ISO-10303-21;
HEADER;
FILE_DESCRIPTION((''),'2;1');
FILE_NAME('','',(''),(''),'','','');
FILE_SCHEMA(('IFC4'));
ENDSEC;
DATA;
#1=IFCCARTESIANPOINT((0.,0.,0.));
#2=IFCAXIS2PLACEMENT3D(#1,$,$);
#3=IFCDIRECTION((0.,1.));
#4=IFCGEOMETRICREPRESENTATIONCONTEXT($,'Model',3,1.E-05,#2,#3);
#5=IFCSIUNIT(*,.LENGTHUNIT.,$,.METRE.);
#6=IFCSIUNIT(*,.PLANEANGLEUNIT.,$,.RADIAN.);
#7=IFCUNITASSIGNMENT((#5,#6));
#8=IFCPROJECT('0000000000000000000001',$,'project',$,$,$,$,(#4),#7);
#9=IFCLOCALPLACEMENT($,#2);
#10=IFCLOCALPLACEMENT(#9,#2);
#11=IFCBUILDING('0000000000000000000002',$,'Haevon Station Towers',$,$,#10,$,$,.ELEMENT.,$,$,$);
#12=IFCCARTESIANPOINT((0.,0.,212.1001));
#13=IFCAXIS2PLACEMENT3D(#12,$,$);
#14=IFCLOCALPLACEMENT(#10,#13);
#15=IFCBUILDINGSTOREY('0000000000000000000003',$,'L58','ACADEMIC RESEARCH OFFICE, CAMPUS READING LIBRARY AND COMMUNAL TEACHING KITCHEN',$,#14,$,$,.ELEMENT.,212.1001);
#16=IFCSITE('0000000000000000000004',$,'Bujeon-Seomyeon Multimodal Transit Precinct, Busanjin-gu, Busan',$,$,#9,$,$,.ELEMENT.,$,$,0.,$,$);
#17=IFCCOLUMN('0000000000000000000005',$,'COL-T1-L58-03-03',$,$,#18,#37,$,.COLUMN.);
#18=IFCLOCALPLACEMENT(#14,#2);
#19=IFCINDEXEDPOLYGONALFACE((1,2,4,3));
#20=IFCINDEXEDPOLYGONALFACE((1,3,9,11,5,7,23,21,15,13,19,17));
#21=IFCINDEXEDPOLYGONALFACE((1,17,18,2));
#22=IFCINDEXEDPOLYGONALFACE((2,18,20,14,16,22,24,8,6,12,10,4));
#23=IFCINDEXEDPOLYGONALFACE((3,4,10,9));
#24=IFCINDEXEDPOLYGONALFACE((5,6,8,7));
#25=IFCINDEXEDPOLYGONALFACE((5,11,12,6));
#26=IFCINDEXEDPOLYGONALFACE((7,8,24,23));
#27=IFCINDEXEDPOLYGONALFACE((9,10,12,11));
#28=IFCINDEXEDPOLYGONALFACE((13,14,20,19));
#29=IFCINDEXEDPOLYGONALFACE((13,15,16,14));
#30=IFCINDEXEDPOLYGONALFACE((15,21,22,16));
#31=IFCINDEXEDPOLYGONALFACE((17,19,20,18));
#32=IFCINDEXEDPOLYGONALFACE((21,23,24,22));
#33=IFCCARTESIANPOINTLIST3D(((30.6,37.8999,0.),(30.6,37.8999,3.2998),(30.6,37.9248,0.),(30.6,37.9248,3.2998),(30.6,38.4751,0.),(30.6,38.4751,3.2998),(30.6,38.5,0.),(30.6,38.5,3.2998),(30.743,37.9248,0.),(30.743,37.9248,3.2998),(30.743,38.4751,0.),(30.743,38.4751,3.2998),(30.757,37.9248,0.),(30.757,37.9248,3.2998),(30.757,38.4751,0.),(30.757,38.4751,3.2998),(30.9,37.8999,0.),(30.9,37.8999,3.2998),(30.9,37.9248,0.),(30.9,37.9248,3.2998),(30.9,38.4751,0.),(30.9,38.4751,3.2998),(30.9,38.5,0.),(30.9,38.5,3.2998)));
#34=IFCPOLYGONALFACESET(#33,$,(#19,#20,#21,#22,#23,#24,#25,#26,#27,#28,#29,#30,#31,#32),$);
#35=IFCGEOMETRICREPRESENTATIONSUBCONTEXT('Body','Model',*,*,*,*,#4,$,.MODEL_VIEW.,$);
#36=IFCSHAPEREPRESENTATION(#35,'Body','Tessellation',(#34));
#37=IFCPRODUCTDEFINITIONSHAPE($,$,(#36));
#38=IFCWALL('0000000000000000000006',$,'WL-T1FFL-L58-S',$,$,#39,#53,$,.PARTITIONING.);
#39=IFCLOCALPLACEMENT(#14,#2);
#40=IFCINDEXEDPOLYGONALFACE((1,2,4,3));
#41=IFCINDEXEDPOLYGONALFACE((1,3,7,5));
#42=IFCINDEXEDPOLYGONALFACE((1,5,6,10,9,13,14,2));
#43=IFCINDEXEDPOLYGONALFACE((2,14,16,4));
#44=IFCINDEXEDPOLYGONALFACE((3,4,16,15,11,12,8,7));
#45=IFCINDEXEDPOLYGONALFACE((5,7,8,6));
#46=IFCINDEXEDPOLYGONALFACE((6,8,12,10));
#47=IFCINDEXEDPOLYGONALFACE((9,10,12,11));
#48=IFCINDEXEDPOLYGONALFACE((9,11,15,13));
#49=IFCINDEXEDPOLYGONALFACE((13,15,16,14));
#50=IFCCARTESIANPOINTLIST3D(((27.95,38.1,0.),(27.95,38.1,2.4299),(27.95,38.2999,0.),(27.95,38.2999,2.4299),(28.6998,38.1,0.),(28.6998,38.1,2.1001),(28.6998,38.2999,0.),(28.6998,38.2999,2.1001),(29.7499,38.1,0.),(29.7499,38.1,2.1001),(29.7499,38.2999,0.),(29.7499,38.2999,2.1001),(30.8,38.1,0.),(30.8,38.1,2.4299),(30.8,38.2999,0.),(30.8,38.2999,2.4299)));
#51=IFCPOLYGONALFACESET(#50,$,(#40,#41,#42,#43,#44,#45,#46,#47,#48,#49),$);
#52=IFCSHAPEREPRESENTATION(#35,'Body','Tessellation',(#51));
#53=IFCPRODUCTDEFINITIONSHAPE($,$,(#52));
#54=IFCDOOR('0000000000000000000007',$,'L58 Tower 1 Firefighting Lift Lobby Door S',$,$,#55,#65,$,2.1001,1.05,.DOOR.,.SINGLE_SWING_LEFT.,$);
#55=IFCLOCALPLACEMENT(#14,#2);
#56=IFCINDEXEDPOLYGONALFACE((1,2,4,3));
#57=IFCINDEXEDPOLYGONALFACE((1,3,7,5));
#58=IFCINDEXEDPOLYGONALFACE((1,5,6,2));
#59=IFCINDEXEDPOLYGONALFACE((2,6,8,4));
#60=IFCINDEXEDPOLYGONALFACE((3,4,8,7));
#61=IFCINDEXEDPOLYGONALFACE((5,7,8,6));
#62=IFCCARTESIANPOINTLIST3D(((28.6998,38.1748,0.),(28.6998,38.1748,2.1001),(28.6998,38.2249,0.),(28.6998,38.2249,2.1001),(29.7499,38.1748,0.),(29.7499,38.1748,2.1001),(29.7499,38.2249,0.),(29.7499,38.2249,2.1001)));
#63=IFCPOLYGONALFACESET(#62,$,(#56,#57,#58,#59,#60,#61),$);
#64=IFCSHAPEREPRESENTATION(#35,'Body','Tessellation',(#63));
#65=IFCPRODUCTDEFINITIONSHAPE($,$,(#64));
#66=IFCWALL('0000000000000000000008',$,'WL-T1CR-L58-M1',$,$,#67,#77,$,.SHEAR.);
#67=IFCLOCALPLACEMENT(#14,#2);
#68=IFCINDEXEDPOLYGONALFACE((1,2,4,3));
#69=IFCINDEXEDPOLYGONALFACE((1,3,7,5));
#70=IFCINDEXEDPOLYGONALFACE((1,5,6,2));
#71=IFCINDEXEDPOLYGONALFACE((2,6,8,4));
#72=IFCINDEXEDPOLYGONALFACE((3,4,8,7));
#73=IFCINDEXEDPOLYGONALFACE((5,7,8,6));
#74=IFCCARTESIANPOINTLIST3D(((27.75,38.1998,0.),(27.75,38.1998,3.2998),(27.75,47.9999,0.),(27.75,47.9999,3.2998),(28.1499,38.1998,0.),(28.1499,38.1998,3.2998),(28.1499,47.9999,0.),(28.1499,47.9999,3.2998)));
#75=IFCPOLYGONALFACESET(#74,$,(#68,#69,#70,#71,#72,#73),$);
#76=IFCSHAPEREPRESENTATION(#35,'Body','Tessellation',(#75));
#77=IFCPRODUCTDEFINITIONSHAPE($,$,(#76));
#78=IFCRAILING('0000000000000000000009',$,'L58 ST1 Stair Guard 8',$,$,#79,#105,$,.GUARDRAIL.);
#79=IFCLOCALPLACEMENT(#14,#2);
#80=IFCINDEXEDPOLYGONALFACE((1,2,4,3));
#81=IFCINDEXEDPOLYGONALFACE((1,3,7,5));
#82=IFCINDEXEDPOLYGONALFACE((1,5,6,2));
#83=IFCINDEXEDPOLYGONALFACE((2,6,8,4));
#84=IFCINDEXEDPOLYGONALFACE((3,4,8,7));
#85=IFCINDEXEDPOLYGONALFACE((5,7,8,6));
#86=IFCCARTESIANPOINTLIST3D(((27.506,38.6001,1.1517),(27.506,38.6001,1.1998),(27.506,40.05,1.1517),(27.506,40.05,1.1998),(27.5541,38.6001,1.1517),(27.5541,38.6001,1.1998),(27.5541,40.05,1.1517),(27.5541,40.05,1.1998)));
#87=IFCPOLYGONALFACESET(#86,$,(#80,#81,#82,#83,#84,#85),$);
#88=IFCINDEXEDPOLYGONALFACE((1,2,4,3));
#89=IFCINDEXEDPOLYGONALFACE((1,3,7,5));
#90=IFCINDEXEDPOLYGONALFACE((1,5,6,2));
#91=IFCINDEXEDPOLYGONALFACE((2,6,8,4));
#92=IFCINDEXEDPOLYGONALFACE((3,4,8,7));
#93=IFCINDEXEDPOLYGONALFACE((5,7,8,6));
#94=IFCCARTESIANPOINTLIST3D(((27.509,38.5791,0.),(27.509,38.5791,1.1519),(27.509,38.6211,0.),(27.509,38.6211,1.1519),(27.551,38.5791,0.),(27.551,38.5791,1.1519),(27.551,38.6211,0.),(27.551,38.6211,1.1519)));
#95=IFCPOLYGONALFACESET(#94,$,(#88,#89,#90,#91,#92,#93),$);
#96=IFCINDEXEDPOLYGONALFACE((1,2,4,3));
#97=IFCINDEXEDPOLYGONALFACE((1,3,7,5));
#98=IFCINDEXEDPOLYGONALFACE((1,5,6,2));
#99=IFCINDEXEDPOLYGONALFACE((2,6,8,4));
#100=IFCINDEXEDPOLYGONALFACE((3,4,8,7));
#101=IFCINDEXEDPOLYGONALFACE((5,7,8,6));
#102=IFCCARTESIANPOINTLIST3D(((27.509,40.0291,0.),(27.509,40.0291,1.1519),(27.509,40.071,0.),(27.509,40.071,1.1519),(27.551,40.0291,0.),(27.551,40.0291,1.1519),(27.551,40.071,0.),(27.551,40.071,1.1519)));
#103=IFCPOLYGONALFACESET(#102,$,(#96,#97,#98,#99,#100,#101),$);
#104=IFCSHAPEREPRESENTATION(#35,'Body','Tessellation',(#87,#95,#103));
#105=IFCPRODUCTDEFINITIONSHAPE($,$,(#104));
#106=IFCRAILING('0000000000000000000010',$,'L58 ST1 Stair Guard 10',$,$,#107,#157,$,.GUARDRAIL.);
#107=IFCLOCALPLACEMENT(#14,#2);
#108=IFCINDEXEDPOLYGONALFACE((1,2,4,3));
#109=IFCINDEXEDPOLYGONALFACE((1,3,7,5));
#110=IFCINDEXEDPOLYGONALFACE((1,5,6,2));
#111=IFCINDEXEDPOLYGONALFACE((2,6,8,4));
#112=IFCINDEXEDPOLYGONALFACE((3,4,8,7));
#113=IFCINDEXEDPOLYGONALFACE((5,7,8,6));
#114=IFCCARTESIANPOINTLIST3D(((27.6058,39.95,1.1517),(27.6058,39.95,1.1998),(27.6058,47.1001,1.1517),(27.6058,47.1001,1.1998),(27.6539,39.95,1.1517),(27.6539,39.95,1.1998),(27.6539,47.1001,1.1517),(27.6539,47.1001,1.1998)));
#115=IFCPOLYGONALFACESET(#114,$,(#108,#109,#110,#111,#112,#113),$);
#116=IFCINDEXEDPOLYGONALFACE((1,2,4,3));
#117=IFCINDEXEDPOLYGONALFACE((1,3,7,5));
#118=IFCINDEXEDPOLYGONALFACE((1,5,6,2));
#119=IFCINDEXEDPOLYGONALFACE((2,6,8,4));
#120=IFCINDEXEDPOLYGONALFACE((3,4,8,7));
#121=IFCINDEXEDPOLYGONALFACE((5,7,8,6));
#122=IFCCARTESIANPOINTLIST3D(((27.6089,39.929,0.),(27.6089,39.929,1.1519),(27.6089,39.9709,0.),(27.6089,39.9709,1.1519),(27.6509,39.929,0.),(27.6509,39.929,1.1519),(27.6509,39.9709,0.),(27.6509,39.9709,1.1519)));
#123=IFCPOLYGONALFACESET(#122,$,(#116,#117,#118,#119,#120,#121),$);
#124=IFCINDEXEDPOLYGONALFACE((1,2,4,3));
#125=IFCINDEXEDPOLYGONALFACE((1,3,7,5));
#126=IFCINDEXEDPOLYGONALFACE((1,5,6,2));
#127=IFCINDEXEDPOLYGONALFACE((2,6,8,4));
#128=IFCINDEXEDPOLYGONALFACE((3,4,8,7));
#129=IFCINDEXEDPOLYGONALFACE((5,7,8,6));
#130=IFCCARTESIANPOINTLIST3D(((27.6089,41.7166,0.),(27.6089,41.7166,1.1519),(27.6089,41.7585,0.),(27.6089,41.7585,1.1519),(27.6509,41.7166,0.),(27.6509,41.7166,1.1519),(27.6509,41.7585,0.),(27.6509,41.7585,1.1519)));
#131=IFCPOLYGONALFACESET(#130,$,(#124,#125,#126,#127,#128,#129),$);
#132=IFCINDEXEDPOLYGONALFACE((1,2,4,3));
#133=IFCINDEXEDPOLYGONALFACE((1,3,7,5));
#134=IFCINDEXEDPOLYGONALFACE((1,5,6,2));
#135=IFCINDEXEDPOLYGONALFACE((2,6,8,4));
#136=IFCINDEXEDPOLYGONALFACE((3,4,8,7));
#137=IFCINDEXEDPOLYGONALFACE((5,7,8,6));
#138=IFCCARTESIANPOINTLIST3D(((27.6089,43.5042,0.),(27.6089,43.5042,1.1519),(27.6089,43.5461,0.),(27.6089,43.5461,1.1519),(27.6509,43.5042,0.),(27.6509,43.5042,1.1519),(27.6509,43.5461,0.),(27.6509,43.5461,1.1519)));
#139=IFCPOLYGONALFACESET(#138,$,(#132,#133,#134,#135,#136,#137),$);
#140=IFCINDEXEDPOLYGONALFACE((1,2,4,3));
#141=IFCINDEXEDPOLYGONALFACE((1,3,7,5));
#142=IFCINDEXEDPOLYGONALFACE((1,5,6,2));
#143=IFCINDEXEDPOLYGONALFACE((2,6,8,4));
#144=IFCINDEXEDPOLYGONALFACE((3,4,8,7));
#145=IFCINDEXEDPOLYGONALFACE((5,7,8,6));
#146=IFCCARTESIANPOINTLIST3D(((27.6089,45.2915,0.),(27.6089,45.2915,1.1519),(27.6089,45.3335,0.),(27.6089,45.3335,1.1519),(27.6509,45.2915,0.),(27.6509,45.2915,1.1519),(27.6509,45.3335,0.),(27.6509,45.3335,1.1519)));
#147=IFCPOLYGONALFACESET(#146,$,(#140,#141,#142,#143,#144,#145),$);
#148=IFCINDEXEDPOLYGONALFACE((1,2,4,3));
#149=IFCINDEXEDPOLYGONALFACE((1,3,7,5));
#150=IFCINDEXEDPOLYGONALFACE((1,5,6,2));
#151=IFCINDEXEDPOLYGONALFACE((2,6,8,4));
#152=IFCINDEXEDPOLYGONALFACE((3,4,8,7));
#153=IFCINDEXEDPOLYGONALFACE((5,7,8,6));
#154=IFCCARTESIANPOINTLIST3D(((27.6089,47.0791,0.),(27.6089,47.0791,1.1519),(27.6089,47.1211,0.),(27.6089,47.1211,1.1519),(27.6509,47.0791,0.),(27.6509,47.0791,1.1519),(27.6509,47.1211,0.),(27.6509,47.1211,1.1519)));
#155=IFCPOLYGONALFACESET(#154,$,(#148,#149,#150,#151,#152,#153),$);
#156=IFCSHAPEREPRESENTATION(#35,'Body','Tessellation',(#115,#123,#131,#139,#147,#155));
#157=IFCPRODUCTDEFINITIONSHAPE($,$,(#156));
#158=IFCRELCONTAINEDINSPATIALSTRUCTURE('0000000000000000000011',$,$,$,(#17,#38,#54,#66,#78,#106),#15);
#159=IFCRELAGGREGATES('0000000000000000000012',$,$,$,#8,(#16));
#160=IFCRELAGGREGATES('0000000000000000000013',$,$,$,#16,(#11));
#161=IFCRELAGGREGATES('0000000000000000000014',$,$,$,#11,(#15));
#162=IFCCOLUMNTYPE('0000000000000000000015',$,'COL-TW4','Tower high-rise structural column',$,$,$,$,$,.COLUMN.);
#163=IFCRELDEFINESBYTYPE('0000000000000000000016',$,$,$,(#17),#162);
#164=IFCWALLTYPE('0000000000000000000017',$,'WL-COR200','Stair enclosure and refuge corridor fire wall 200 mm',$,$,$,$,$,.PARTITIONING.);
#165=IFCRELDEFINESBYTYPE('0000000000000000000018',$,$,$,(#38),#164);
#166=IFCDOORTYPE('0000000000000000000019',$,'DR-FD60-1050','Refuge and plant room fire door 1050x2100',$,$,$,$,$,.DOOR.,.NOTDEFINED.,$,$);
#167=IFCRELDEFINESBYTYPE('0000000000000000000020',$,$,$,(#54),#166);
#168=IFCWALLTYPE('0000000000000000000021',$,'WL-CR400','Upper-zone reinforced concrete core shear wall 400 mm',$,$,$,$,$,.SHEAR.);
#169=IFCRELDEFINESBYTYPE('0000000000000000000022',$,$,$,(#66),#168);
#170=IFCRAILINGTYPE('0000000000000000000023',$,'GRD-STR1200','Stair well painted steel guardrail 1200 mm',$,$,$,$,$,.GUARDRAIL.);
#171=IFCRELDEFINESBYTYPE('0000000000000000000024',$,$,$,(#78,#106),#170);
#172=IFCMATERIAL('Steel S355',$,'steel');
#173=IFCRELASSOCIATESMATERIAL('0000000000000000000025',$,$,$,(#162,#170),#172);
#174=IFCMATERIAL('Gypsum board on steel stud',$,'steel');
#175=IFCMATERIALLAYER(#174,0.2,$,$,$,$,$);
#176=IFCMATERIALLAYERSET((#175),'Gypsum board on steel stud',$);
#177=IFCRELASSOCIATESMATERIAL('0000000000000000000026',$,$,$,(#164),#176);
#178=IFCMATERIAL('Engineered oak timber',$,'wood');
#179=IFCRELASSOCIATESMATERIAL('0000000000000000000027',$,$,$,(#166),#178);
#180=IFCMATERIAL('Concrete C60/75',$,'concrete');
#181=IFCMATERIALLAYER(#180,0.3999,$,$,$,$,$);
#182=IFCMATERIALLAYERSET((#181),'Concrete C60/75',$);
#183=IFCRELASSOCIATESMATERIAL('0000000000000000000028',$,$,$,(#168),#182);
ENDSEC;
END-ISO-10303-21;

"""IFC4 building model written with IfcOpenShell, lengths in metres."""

from ifc_helpers import new_model, si_unit, direction, frame, frame_2d, origin, origin_2d, place, context, subcontext, project, spatial, rectangle, i_section, extrude, material, layer, layer_set, material_profile, profile_set, type_object, element, fill, save


model = new_model("IFC4")

# Units and contexts
model_context = context("Model", 3, precision=1e-05, world=origin(), true_north=direction((0.0, 1.0)))
body_context = subcontext(model_context, "Body", "Model", "MODEL_VIEW")
ifc_project = project(units=[si_unit("LENGTHUNIT", "METRE"), si_unit("PLANEANGLEUNIT", "RADIAN")], contexts=[model_context])

# Site, building, storey
site_placement = place(None, origin())
site = spatial("IfcSite", under=ifc_project, at=site_placement, Name="Bujeon-Seomyeon Multimodal Transit Precinct, Busanjin-gu, Busan", CompositionType="ELEMENT", RefElevation=0.0)
building_placement = place(site_placement, origin())
building = spatial("IfcBuilding", under=site, at=building_placement, Name="Haevon Station Towers", CompositionType="ELEMENT")
storey_placement = place(building_placement, frame((0.0, 0.0, 212.1001)))
storey = spatial("IfcBuildingStorey", under=building, at=storey_placement, Name="L58", Description="ACADEMIC RESEARCH OFFICE, CAMPUS READING LIBRARY AND COMMUNAL TEACHING KITCHEN", CompositionType="ELEMENT", Elevation=212.1001)

# Column
ifc_material_1 = material(Name="Steel S355", Category="steel")
ifc_material_profile = material_profile(ifc_material_1, i_section(OverallWidth=0.3, OverallDepth=0.6001, WebThickness=0.0139, FlangeThickness=0.0249, at=origin_2d()), Name="H-600x300x14x25")
ifc_profile_set = profile_set([ifc_material_profile], Name="Steel S355")
column_type = type_object("IfcColumnType", Name="COL-TW4", Description="Tower high-rise structural column", PredefinedType="COLUMN", material=ifc_profile_set)
column_placement = place(storey_placement, frame((30.75, 38.2, 0.0), z_axis=(0.0, 0.0, 1.0), x_axis=(1.0, 0.0, 0.0)))
element("IfcColumn", 1, at=column_placement, inside=storey, type_object=column_type, Name="COL-T1-L58-03-03", PredefinedType="COLUMN", context=body_context, shape_type="SweptSolid", body=[
    extrude(i_section(OverallWidth=0.3, OverallDepth=0.6001, WebThickness=0.0139, FlangeThickness=0.0249, at=origin_2d()), origin(), (0.0, 0.0, 1.0), 3.2998),
])

# Wall, opening, door
ifc_material_2 = material(Name="Gypsum board on steel stud", Category="steel")
ifc_layer_1 = layer(ifc_material_2, 0.2)
ifc_layer_set_1 = layer_set([ifc_layer_1], Name="Gypsum board on steel stud")
wall_type_1 = type_object("IfcWallType", Name="WL-COR200", Description="Stair enclosure and refuge corridor fire wall 200 mm", PredefinedType="PARTITIONING", material=ifc_layer_set_1)
wall_1_placement = place(storey_placement, frame((27.95, 38.2, 0.0), z_axis=(0.0, 0.0, 1.0), x_axis=(1.0, 0.0, 0.0)))
wall_1 = element("IfcWall", 2, at=wall_1_placement, inside=storey, type_object=wall_type_1, Name="WL-T1FFL-L58-S", PredefinedType="PARTITIONING", context=body_context, shape_type="SweptSolid", body=[
    extrude(rectangle(XDim=2.8501, YDim=0.2, at=frame_2d((1.425, 0.0))), origin(), (0.0, 0.0, 1.0), 2.4299),
])
opening_1_placement = place(wall_1_placement, frame((0.75, 0.0, 0.0)))
opening_1 = element("IfcOpeningElement", 3, at=opening_1_placement, cuts=wall_1, PredefinedType="OPENING", context=body_context, shape_type="SweptSolid", body=[
    extrude(rectangle(XDim=1.05, YDim=2.1001, at=frame_2d((0.5249, 1.05))), frame((0.0, 0.1099, 0.0), z_axis=(0.0, -1.0, 0.0), x_axis=(1.0, 0.0, 0.0)), (0.0, 0.0, 1.0), 0.22),
])
ifc_material_3 = material(Name="Engineered oak timber", Category="wood")
door_type_1 = type_object("IfcDoorType", Name="DR-FD60-1050", Description="Refuge and plant room fire door 1050x2100", OperationType="NOTDEFINED", PredefinedType="DOOR", material=ifc_material_3)
door_1_placement = place(opening_1_placement, origin())
door_1 = element("IfcDoor", 4, at=door_1_placement, inside=storey, type_object=door_type_1, Name="L58 Tower 1 Firefighting Lift Lobby Door S", OperationType="SINGLE_SWING_LEFT", OverallHeight=2.1001, OverallWidth=1.05, PredefinedType="DOOR", context=body_context, shape_type="SweptSolid", body=[
    extrude(rectangle(XDim=1.05, YDim=2.1001, at=frame_2d((0.5249, 1.05))), frame((0.0, 0.0249, 0.0), z_axis=(0.0, -1.0, 0.0), x_axis=(1.0, 0.0, 0.0)), (0.0, 0.0, 1.0), 0.05),
])
fill(opening_1, door_1)

# Wall
ifc_material_4 = material(Name="Concrete C60/75", Category="concrete")
ifc_layer_2 = layer(ifc_material_4, 0.3999)
ifc_layer_set_2 = layer_set([ifc_layer_2], Name="Concrete C60/75")
wall_type_2 = type_object("IfcWallType", Name="WL-CR400", Description="Upper-zone reinforced concrete core shear wall 400 mm", PredefinedType="SHEAR", material=ifc_layer_set_2)
wall_2_placement = place(storey_placement, frame((27.95, 38.2, 0.0), z_axis=(0.0, 0.0, 1.0), x_axis=(0.0, 1.0, 0.0)))
element("IfcWall", 5, at=wall_2_placement, inside=storey, type_object=wall_type_2, Name="WL-T1CR-L58-M1", PredefinedType="SHEAR", context=body_context, shape_type="SweptSolid", body=[
    extrude(rectangle(XDim=9.8, YDim=0.3999, at=frame_2d((4.8999, 0.0))), origin(), (0.0, 0.0, 1.0), 3.2998),
])

# Railings
railing_type = type_object("IfcRailingType", Name="GRD-STR1200", Description="Stair well painted steel guardrail 1200 mm", PredefinedType="GUARDRAIL", material=ifc_material_1)
railing_1_placement = place(storey_placement, frame((27.53, 38.6001, 0.0)))
element("IfcRailing", 6, at=railing_1_placement, inside=storey, type_object=railing_type, Name="L58 ST1 Stair Guard 8", PredefinedType="GUARDRAIL", context=body_context, shape_type="SweptSolid", body=[
    extrude(rectangle(XDim=0.0481, YDim=0.0481, at=origin_2d()), frame((0.0, 0.0, 1.1758), z_axis=(0.0, 1.0, 0.0), x_axis=(-1.0, 0.0, 0.0)), (0.0, 0.0, 1.0), 1.45),
    extrude(rectangle(XDim=0.042, YDim=0.042, at=origin_2d()), origin(), (0.0, 0.0, 1.0), 1.1519),
    extrude(rectangle(XDim=0.042, YDim=0.042, at=origin_2d()), frame((0.0, 1.45, 0.0)), (0.0, 0.0, 1.0), 1.1519),
])
railing_2_placement = place(storey_placement, frame((27.6299, 39.95, 0.0)))
element("IfcRailing", 7, at=railing_2_placement, inside=storey, type_object=railing_type, Name="L58 ST1 Stair Guard 10", PredefinedType="GUARDRAIL", context=body_context, shape_type="SweptSolid", body=[
    extrude(rectangle(XDim=0.0481, YDim=0.0481, at=origin_2d()), frame((0.0, 0.0, 1.1758), z_axis=(0.0, 1.0, 0.0), x_axis=(-1.0, 0.0, 0.0)), (0.0, 0.0, 1.0), 7.1501),
    extrude(rectangle(XDim=0.042, YDim=0.042, at=origin_2d()), origin(), (0.0, 0.0, 1.0), 1.1519),
    extrude(rectangle(XDim=0.042, YDim=0.042, at=origin_2d()), frame((0.0, 1.7876, 0.0)), (0.0, 0.0, 1.0), 1.1519),
    extrude(rectangle(XDim=0.042, YDim=0.042, at=origin_2d()), frame((0.0, 3.5752, 0.0)), (0.0, 0.0, 1.0), 1.1519),
    extrude(rectangle(XDim=0.042, YDim=0.042, at=origin_2d()), frame((0.0, 5.3625, 0.0)), (0.0, 0.0, 1.0), 1.1519),
    extrude(rectangle(XDim=0.042, YDim=0.042, at=origin_2d()), frame((0.0, 7.1501, 0.0)), (0.0, 0.0, 1.0), 1.1519),
])

save(model, "model.ifc")
